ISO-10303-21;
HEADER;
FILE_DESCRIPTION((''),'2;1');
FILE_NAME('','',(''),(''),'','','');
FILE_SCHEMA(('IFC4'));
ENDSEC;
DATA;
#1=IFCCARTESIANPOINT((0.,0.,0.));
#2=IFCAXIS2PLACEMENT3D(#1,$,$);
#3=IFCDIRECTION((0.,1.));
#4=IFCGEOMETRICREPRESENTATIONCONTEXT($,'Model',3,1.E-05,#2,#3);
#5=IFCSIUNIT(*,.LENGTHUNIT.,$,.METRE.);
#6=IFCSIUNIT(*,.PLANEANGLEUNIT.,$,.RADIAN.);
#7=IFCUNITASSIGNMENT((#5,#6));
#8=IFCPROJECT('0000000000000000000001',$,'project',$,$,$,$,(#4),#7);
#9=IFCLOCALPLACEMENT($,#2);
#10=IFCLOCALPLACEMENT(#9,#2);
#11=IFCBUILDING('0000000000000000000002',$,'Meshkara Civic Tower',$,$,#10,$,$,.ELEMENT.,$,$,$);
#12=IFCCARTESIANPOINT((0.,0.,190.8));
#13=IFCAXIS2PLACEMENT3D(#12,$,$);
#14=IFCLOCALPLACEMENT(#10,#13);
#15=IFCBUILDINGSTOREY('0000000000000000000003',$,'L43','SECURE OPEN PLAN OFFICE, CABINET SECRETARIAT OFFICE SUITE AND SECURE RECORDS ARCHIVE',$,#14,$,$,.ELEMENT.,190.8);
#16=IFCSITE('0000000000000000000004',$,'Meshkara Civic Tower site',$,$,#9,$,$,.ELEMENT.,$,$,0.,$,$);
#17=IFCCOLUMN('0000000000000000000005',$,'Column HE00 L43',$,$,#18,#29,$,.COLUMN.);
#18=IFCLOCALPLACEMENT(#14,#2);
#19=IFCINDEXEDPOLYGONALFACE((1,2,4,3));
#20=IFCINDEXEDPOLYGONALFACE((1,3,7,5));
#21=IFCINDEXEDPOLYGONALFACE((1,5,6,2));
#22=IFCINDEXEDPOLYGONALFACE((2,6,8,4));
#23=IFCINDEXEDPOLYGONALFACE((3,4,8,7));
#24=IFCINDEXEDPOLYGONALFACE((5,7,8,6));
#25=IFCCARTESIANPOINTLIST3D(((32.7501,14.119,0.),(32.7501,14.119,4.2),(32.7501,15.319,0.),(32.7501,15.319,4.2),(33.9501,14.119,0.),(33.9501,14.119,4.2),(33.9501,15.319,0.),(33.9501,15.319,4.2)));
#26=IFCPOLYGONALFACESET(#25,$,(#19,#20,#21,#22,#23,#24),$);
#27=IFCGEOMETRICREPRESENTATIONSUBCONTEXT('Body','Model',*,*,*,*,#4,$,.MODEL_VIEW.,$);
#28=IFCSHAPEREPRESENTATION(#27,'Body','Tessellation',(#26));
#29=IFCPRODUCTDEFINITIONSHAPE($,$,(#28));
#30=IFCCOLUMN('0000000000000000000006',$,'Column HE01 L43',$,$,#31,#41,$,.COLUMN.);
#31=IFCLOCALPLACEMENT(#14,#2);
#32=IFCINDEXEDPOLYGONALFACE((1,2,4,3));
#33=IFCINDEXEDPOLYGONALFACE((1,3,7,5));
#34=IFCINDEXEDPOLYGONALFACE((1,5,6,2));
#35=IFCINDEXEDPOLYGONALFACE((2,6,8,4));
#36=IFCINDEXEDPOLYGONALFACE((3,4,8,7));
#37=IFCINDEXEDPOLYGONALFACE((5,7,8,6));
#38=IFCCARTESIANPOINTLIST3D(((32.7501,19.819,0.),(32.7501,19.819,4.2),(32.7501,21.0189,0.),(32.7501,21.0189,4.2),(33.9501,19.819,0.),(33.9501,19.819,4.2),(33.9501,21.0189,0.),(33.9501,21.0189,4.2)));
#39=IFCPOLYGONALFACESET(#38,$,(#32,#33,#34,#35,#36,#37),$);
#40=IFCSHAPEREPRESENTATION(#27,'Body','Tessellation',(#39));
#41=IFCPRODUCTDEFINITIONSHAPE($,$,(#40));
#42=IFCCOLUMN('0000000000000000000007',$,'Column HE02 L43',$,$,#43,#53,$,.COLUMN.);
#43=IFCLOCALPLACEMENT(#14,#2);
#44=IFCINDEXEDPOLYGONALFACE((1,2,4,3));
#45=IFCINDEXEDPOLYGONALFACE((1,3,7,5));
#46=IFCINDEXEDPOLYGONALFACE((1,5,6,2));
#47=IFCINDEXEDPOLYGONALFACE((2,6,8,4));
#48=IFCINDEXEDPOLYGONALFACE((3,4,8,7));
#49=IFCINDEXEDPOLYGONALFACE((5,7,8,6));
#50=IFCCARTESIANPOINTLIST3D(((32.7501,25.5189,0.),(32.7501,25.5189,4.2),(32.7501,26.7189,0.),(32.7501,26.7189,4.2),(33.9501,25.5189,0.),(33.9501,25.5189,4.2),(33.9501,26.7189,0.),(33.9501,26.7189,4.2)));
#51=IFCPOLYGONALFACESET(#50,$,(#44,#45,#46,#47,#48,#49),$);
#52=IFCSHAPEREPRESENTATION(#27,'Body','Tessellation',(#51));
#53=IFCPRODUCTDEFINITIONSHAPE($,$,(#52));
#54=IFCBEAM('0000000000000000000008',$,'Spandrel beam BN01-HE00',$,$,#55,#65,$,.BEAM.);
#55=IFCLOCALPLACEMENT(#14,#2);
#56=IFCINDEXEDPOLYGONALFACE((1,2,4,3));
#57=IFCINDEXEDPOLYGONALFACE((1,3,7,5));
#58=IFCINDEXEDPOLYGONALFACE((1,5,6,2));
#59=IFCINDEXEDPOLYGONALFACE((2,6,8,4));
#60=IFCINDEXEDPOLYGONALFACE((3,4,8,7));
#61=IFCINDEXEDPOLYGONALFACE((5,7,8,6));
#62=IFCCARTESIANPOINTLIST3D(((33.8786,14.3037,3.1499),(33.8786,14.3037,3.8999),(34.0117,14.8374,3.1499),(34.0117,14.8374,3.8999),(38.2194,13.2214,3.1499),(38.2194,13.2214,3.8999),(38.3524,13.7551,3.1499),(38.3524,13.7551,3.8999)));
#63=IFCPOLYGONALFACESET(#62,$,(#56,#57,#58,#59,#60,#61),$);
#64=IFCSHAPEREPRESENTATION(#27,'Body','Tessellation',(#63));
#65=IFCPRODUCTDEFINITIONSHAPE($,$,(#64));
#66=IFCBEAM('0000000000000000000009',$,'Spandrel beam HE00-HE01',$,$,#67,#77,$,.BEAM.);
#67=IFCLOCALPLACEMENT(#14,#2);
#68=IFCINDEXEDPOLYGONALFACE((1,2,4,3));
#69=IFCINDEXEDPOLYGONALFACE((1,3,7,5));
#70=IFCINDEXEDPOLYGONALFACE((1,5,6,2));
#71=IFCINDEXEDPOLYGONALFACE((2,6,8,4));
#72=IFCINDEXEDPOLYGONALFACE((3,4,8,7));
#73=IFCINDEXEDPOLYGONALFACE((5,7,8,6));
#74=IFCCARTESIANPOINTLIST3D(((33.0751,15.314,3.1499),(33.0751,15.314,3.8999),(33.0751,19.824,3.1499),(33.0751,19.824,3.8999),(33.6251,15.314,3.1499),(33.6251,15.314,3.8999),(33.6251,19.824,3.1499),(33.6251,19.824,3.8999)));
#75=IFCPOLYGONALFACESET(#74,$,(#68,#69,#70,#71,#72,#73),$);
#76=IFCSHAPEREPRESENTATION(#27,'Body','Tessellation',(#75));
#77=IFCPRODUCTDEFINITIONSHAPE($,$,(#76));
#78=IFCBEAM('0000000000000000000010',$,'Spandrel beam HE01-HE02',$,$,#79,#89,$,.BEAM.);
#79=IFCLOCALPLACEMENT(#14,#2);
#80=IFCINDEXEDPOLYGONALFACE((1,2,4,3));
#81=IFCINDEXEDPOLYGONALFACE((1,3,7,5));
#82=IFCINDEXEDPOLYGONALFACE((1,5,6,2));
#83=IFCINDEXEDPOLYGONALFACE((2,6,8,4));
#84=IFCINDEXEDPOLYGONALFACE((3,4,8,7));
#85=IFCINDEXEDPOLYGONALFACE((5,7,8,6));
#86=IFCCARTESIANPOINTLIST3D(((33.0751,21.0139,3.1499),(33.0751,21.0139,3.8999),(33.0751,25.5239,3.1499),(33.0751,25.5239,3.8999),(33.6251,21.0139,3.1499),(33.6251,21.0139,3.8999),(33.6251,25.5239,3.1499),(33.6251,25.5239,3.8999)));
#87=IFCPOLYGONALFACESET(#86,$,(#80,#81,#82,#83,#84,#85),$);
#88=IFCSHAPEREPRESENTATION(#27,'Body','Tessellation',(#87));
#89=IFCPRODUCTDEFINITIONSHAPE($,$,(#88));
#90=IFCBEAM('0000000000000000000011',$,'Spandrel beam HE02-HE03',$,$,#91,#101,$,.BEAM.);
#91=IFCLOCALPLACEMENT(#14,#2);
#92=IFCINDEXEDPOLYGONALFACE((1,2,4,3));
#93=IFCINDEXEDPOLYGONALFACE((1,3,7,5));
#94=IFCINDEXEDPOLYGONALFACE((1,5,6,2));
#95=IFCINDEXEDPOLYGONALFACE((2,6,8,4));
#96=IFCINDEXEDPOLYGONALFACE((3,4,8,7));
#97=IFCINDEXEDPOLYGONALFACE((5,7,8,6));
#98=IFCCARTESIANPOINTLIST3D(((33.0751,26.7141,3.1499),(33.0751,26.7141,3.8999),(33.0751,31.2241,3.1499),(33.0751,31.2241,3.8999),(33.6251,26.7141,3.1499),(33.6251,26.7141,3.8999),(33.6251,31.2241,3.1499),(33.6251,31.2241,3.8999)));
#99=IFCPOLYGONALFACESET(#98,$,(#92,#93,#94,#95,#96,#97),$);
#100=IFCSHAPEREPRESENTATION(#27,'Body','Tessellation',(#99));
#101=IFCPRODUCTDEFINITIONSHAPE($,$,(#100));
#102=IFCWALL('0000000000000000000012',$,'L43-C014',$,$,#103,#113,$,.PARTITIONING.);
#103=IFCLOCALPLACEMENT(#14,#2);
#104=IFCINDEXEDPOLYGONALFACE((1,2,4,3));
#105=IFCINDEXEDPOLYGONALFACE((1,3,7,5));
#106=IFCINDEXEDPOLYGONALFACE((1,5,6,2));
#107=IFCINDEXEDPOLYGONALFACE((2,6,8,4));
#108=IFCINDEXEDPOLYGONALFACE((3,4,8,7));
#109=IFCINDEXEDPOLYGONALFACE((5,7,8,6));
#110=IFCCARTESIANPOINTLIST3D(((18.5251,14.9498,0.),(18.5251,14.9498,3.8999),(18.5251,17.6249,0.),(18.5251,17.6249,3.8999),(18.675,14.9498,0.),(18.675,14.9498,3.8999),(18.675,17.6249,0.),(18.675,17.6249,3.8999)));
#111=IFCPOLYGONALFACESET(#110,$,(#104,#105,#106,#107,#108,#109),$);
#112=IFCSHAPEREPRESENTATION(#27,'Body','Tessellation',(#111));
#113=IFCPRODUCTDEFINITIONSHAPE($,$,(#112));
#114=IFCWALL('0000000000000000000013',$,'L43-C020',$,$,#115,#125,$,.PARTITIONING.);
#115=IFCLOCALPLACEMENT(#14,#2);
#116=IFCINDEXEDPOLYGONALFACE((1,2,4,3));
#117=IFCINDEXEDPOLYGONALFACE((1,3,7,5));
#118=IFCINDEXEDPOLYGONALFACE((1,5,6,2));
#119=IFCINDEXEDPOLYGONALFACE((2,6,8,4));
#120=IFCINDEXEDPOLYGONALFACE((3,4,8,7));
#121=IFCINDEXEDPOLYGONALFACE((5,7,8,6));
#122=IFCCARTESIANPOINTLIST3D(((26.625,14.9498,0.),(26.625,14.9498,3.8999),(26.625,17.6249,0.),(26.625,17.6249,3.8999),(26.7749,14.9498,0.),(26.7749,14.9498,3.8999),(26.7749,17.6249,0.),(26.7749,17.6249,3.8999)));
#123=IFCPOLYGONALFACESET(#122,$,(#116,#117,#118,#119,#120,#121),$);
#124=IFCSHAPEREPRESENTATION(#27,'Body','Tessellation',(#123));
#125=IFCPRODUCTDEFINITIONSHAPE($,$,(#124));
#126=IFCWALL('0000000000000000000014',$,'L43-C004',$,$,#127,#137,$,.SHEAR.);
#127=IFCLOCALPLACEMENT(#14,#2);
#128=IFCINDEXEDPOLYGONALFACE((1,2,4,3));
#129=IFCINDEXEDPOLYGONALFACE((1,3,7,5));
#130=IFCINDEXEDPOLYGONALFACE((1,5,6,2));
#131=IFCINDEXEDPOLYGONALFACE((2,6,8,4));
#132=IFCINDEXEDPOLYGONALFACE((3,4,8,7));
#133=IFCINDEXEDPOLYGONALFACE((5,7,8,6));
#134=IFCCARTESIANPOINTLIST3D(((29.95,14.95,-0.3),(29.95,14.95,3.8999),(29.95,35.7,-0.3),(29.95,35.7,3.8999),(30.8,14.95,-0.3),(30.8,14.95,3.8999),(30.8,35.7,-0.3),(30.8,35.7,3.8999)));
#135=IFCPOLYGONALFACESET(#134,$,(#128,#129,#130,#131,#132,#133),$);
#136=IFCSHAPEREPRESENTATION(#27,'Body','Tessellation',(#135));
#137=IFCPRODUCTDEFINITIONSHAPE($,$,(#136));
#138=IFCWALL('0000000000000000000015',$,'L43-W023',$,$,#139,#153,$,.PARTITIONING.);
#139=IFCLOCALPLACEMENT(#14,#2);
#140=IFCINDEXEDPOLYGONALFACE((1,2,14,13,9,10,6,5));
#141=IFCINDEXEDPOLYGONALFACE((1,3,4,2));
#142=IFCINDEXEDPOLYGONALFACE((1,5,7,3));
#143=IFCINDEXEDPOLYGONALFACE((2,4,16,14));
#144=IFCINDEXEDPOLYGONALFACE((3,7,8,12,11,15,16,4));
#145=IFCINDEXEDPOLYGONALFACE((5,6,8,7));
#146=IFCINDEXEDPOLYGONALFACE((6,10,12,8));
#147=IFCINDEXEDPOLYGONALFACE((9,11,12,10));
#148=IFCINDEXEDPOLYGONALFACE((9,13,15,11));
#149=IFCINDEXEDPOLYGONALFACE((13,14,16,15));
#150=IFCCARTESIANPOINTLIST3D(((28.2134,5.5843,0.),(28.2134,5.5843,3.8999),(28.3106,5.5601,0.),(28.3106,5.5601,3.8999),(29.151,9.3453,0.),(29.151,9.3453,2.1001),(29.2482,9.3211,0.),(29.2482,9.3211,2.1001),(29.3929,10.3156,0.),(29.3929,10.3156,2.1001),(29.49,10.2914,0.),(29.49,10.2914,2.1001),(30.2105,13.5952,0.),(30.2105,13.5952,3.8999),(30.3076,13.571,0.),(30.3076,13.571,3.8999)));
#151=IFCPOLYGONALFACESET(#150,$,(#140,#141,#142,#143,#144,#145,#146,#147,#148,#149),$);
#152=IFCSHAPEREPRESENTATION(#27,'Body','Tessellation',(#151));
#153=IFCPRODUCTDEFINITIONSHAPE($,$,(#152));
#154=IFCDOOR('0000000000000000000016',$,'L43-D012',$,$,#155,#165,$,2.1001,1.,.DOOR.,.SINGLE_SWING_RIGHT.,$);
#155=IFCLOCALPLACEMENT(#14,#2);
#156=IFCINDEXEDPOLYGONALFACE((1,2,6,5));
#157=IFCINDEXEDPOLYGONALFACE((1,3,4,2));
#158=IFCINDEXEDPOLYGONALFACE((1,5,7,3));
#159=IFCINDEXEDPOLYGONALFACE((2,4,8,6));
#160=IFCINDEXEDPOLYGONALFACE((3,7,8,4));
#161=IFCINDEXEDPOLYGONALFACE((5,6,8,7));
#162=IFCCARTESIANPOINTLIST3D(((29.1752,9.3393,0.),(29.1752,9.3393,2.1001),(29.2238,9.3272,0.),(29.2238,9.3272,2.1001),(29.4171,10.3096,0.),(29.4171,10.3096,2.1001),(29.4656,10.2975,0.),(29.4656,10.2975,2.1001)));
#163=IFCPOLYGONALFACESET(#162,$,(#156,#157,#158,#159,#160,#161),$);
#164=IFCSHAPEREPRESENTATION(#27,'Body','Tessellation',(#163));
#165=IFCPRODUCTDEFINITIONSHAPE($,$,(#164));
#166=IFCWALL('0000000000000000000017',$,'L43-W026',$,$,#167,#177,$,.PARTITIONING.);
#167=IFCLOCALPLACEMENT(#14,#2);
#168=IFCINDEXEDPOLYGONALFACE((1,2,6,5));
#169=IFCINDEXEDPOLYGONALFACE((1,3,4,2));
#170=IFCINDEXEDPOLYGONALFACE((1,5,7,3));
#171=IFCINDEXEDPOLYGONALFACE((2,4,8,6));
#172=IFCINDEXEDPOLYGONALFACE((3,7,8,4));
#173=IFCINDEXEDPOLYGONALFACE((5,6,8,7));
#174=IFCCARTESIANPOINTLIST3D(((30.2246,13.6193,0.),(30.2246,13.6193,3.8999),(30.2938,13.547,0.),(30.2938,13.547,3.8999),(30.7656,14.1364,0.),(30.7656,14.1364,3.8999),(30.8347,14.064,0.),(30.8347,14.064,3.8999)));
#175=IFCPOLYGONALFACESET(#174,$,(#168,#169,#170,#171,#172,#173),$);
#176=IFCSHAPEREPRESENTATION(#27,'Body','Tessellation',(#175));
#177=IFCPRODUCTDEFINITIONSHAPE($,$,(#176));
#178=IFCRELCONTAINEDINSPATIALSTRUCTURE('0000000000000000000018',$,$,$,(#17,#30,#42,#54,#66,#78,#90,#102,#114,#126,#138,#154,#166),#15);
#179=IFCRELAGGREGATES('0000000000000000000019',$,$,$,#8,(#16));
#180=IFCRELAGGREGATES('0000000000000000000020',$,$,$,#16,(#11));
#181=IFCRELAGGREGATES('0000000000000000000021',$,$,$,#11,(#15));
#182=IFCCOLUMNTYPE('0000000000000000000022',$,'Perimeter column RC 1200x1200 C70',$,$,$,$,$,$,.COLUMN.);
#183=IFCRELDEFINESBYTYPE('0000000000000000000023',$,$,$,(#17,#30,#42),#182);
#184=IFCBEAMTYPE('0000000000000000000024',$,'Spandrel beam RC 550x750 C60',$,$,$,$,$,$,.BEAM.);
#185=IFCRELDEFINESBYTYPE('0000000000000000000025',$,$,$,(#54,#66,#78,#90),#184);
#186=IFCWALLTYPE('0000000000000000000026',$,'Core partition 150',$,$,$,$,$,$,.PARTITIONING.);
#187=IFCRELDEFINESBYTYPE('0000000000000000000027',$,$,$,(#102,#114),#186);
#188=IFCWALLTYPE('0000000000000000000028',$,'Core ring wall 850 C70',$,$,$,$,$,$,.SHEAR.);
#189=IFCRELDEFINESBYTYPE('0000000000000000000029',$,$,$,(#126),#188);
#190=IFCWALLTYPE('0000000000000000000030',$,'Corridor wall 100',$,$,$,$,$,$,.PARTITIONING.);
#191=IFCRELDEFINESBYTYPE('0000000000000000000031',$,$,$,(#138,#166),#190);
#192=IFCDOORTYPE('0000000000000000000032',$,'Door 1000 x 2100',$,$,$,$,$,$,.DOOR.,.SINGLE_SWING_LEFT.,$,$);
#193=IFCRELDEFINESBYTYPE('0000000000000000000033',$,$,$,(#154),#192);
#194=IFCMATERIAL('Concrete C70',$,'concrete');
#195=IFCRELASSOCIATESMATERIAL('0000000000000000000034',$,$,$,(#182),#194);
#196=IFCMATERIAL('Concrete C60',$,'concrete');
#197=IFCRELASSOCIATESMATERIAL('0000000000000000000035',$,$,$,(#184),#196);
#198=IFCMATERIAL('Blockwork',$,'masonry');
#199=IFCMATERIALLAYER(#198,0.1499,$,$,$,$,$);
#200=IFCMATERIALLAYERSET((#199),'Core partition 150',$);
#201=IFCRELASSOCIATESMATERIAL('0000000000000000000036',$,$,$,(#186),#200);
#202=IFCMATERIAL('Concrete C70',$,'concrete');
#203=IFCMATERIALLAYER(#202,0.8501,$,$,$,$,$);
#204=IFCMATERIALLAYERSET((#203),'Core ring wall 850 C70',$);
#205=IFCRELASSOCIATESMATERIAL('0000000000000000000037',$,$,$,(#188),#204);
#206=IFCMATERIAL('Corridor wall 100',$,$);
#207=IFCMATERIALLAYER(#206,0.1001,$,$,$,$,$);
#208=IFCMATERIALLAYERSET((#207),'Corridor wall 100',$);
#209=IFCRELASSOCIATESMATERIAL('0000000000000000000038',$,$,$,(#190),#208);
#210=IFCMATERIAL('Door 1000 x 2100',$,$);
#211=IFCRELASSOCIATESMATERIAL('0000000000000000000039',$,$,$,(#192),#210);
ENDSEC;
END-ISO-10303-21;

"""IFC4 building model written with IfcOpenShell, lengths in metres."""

from ifc_helpers import new_model, si_unit, direction, frame, frame_2d, origin, origin_2d, place, context, subcontext, project, spatial, rectangle, extrude, material, layer, layer_set, material_profile, profile_set, type_object, element, fill, save


model = new_model("IFC4")

# Units and contexts
model_context = context("Model", 3, precision=1e-05, world=origin(), true_north=direction((0.0, 1.0)))
body_context = subcontext(model_context, "Body", "Model", "MODEL_VIEW")
ifc_project = project(units=[si_unit("LENGTHUNIT", "METRE"), si_unit("PLANEANGLEUNIT", "RADIAN")], contexts=[model_context])

# Site, building, storey
site_placement = place(None, origin())
site = spatial("IfcSite", under=ifc_project, at=site_placement, Name="Meshkara Civic Tower site", CompositionType="ELEMENT", RefElevation=0.0)
building_placement = place(site_placement, origin())
building = spatial("IfcBuilding", under=site, at=building_placement, Name="Meshkara Civic Tower", CompositionType="ELEMENT")
storey_placement = place(building_placement, frame((0.0, 0.0, 190.8)))
storey = spatial("IfcBuildingStorey", under=building, at=storey_placement, Name="L43", Description="SECURE OPEN PLAN OFFICE, CABINET SECRETARIAT OFFICE SUITE AND SECURE RECORDS ARCHIVE", CompositionType="ELEMENT", Elevation=190.8)

# Columns
ifc_material_1 = material(Name="Concrete C70", Category="concrete")
ifc_material_profile_1 = material_profile(ifc_material_1, rectangle(XDim=1.2, YDim=1.2, at=origin_2d()))
ifc_profile_set_1 = profile_set([ifc_material_profile_1], Name="Concrete C70")
column_type = type_object("IfcColumnType", Name="Perimeter column RC 1200x1200 C70", PredefinedType="COLUMN", material=ifc_profile_set_1)
for number, where, z_axis, x_axis, name in (
    (1, (33.3501, 14.719, 0.0), (0.0, 0.0, 1.0), (1.0, 0.0, 0.0), "Column HE00 L43"),
    (2, (33.3501, 20.4189, 0.0), (0.0, 0.0, 1.0), (1.0, 0.0, 0.0), "Column HE01 L43"),
    (3, (33.3501, 26.1189, 0.0), (0.0, 0.0, 1.0), (1.0, 0.0, 0.0), "Column HE02 L43"),
):
    element("IfcColumn", number, at=place(storey_placement, frame(where, z_axis=z_axis, x_axis=x_axis)), inside=storey, type_object=column_type, Name=name, PredefinedType="COLUMN", context=body_context, shape_type="SweptSolid", body=[
        extrude(rectangle(XDim=1.2, YDim=1.2, at=origin_2d()), origin(), (0.0, 0.0, 1.0), 4.2),
    ])

# Beams
ifc_material_2 = material(Name="Concrete C60", Category="concrete")
ifc_material_profile_2 = material_profile(ifc_material_2, rectangle(XDim=0.55, YDim=0.75, at=origin_2d()))
ifc_profile_set_2 = profile_set([ifc_material_profile_2], Name="Concrete C60")
beam_type = type_object("IfcBeamType", Name="Spandrel beam RC 550x750 C60", PredefinedType="BEAM", material=ifc_profile_set_2)
beam_placement = place(storey_placement, frame((38.2859, 13.4883, 3.5249), z_axis=(-0.970296, 0.241919, 0.0), x_axis=(-0.241919, -0.970296, 0.0)))
element("IfcBeam", 4, at=beam_placement, inside=storey, type_object=beam_type, Name="Spandrel beam BN01-HE00", PredefinedType="BEAM", context=body_context, shape_type="SweptSolid", body=[
    extrude(rectangle(XDim=0.55, YDim=0.75, at=origin_2d()), origin(), (0.0, 0.0, 1.0), 4.4736),
])
for number, where, z_axis, x_axis, name in (
    (5, (33.3501, 15.314, 3.5249), (0.0, 1.0, 0.0), (-1.0, 0.0, 0.0), "Spandrel beam HE00-HE01"),
    (6, (33.3501, 21.0139, 3.5249), (0.0, 1.0, 0.0), (-1.0, 0.0, 0.0), "Spandrel beam HE01-HE02"),
    (7, (33.3501, 26.7141, 3.5249), (0.0, 1.0, 0.0), (-1.0, 0.0, 0.0), "Spandrel beam HE02-HE03"),
):
    element("IfcBeam", number, at=place(storey_placement, frame(where, z_axis=z_axis, x_axis=x_axis)), inside=storey, type_object=beam_type, Name=name, PredefinedType="BEAM", context=body_context, shape_type="SweptSolid", body=[
        extrude(rectangle(XDim=0.55, YDim=0.75, at=origin_2d()), origin(), (0.0, 0.0, 1.0), 4.51),
    ])

# Walls
ifc_material_3 = material(Name="Blockwork", Category="masonry")
ifc_layer_1 = layer(ifc_material_3, 0.1499)
ifc_layer_set_1 = layer_set([ifc_layer_1], Name="Core partition 150")
wall_type_1 = type_object("IfcWallType", Name="Core partition 150", PredefinedType="PARTITIONING", material=ifc_layer_set_1)
for number, where, z_axis, x_axis, name in (
    (8, (18.6001, 14.95, 0.0), (0.0, 0.0, 1.0), (0.0, 1.0, 0.0), "L43-C014"),
    (9, (26.7, 14.95, 0.0), (0.0, 0.0, 1.0), (0.0, 1.0, 0.0), "L43-C020"),
):
    element("IfcWall", number, at=place(storey_placement, frame(where, z_axis=z_axis, x_axis=x_axis)), inside=storey, type_object=wall_type_1, Name=name, PredefinedType="PARTITIONING", context=body_context, shape_type="SweptSolid", body=[
        extrude(rectangle(XDim=2.675, YDim=0.1499, at=frame_2d((1.3374, 0.0))), origin(), (0.0, 0.0, 1.0), 3.8999),
    ])
ifc_material_4 = material(Name="Concrete C70", Category="concrete")
ifc_layer_2 = layer(ifc_material_4, 0.8501)
ifc_layer_set_2 = layer_set([ifc_layer_2], Name="Core ring wall 850 C70")
wall_type_2 = type_object("IfcWallType", Name="Core ring wall 850 C70", PredefinedType="SHEAR", material=ifc_layer_set_2)
wall_1_placement = place(storey_placement, frame((30.375, 14.95, -0.3), z_axis=(0.0, 0.0, 1.0), x_axis=(0.0, 1.0, 0.0)))
element("IfcWall", 10, at=wall_1_placement, inside=storey, type_object=wall_type_2, Name="L43-C004", PredefinedType="SHEAR", context=body_context, shape_type="SweptSolid", body=[
    extrude(rectangle(XDim=20.75, YDim=0.8501, at=frame_2d((10.375, 0.0))), origin(), (0.0, 0.0, 1.0), 4.2),
])

# Wall, opening, door
ifc_material_5 = material(Name="Corridor wall 100")
ifc_layer_3 = layer(ifc_material_5, 0.1001)
ifc_layer_set_3 = layer_set([ifc_layer_3], Name="Corridor wall 100")
wall_type_3 = type_object("IfcWallType", Name="Corridor wall 100", PredefinedType="PARTITIONING", material=ifc_layer_set_3)
wall_2_placement = place(storey_placement, frame((30.259, 13.583, 0.0), z_axis=(0.0, 0.0, 1.0), x_axis=(-0.241888, -0.970304, 0.0)))
wall_2 = element("IfcWall", 11, at=wall_2_placement, inside=storey, type_object=wall_type_3, Name="L43-W023", PredefinedType="PARTITIONING", context=body_context, shape_type="SweptSolid", body=[
    extrude(rectangle(XDim=8.2561, YDim=0.1001, at=frame_2d((4.1279, 0.0))), origin(), (0.0, 0.0, 1.0), 3.8999),
])
opening_1_placement = place(wall_2_placement, frame((3.3799, 0.0, 0.0)))
opening_1 = element("IfcOpeningElement", 12, at=opening_1_placement, cuts=wall_2, PredefinedType="OPENING", context=body_context, shape_type="SweptSolid", body=[
    extrude(rectangle(XDim=1.0, YDim=2.1001, at=frame_2d((0.5, 1.05))), frame((0.0, 0.0601, 0.0), z_axis=(0.0, -1.0, 0.0), x_axis=(1.0, 0.0, 0.0)), (0.0, 0.0, 1.0), 0.1201),
])
ifc_material_6 = material(Name="Door 1000 x 2100")
door_type_1 = type_object("IfcDoorType", Name="Door 1000 x 2100", OperationType="SINGLE_SWING_LEFT", PredefinedType="DOOR", material=ifc_material_6)
door_1_placement = place(opening_1_placement, origin())
door_1 = element("IfcDoor", 13, at=door_1_placement, inside=storey, type_object=door_type_1, Name="L43-D012", OperationType="SINGLE_SWING_RIGHT", OverallHeight=2.1001, OverallWidth=1.0, PredefinedType="DOOR", context=body_context, shape_type="SweptSolid", body=[
    extrude(rectangle(XDim=1.0, YDim=2.1001, at=frame_2d((0.5, 1.05))), frame((0.0, 0.0249, 0.0), z_axis=(0.0, -1.0, 0.0), x_axis=(1.0, 0.0, 0.0)), (0.0, 0.0, 1.0), 0.05),
])
fill(opening_1, door_1)

# Wall
wall_3_placement = place(storey_placement, frame((30.8, 14.1001, 0.0), z_axis=(0.0, 0.0, 1.0), x_axis=(-0.722911, -0.690941, 0.0)))
element("IfcWall", 14, at=wall_3_placement, inside=storey, type_object=wall_type_3, Name="L43-W026", PredefinedType="PARTITIONING", context=body_context, shape_type="SweptSolid", body=[
    extrude(rectangle(XDim=0.7483, YDim=0.1001, at=frame_2d((0.374, 0.0))), origin(), (0.0, 0.0, 1.0), 3.8999),
])

save(model, "model.ifc")
